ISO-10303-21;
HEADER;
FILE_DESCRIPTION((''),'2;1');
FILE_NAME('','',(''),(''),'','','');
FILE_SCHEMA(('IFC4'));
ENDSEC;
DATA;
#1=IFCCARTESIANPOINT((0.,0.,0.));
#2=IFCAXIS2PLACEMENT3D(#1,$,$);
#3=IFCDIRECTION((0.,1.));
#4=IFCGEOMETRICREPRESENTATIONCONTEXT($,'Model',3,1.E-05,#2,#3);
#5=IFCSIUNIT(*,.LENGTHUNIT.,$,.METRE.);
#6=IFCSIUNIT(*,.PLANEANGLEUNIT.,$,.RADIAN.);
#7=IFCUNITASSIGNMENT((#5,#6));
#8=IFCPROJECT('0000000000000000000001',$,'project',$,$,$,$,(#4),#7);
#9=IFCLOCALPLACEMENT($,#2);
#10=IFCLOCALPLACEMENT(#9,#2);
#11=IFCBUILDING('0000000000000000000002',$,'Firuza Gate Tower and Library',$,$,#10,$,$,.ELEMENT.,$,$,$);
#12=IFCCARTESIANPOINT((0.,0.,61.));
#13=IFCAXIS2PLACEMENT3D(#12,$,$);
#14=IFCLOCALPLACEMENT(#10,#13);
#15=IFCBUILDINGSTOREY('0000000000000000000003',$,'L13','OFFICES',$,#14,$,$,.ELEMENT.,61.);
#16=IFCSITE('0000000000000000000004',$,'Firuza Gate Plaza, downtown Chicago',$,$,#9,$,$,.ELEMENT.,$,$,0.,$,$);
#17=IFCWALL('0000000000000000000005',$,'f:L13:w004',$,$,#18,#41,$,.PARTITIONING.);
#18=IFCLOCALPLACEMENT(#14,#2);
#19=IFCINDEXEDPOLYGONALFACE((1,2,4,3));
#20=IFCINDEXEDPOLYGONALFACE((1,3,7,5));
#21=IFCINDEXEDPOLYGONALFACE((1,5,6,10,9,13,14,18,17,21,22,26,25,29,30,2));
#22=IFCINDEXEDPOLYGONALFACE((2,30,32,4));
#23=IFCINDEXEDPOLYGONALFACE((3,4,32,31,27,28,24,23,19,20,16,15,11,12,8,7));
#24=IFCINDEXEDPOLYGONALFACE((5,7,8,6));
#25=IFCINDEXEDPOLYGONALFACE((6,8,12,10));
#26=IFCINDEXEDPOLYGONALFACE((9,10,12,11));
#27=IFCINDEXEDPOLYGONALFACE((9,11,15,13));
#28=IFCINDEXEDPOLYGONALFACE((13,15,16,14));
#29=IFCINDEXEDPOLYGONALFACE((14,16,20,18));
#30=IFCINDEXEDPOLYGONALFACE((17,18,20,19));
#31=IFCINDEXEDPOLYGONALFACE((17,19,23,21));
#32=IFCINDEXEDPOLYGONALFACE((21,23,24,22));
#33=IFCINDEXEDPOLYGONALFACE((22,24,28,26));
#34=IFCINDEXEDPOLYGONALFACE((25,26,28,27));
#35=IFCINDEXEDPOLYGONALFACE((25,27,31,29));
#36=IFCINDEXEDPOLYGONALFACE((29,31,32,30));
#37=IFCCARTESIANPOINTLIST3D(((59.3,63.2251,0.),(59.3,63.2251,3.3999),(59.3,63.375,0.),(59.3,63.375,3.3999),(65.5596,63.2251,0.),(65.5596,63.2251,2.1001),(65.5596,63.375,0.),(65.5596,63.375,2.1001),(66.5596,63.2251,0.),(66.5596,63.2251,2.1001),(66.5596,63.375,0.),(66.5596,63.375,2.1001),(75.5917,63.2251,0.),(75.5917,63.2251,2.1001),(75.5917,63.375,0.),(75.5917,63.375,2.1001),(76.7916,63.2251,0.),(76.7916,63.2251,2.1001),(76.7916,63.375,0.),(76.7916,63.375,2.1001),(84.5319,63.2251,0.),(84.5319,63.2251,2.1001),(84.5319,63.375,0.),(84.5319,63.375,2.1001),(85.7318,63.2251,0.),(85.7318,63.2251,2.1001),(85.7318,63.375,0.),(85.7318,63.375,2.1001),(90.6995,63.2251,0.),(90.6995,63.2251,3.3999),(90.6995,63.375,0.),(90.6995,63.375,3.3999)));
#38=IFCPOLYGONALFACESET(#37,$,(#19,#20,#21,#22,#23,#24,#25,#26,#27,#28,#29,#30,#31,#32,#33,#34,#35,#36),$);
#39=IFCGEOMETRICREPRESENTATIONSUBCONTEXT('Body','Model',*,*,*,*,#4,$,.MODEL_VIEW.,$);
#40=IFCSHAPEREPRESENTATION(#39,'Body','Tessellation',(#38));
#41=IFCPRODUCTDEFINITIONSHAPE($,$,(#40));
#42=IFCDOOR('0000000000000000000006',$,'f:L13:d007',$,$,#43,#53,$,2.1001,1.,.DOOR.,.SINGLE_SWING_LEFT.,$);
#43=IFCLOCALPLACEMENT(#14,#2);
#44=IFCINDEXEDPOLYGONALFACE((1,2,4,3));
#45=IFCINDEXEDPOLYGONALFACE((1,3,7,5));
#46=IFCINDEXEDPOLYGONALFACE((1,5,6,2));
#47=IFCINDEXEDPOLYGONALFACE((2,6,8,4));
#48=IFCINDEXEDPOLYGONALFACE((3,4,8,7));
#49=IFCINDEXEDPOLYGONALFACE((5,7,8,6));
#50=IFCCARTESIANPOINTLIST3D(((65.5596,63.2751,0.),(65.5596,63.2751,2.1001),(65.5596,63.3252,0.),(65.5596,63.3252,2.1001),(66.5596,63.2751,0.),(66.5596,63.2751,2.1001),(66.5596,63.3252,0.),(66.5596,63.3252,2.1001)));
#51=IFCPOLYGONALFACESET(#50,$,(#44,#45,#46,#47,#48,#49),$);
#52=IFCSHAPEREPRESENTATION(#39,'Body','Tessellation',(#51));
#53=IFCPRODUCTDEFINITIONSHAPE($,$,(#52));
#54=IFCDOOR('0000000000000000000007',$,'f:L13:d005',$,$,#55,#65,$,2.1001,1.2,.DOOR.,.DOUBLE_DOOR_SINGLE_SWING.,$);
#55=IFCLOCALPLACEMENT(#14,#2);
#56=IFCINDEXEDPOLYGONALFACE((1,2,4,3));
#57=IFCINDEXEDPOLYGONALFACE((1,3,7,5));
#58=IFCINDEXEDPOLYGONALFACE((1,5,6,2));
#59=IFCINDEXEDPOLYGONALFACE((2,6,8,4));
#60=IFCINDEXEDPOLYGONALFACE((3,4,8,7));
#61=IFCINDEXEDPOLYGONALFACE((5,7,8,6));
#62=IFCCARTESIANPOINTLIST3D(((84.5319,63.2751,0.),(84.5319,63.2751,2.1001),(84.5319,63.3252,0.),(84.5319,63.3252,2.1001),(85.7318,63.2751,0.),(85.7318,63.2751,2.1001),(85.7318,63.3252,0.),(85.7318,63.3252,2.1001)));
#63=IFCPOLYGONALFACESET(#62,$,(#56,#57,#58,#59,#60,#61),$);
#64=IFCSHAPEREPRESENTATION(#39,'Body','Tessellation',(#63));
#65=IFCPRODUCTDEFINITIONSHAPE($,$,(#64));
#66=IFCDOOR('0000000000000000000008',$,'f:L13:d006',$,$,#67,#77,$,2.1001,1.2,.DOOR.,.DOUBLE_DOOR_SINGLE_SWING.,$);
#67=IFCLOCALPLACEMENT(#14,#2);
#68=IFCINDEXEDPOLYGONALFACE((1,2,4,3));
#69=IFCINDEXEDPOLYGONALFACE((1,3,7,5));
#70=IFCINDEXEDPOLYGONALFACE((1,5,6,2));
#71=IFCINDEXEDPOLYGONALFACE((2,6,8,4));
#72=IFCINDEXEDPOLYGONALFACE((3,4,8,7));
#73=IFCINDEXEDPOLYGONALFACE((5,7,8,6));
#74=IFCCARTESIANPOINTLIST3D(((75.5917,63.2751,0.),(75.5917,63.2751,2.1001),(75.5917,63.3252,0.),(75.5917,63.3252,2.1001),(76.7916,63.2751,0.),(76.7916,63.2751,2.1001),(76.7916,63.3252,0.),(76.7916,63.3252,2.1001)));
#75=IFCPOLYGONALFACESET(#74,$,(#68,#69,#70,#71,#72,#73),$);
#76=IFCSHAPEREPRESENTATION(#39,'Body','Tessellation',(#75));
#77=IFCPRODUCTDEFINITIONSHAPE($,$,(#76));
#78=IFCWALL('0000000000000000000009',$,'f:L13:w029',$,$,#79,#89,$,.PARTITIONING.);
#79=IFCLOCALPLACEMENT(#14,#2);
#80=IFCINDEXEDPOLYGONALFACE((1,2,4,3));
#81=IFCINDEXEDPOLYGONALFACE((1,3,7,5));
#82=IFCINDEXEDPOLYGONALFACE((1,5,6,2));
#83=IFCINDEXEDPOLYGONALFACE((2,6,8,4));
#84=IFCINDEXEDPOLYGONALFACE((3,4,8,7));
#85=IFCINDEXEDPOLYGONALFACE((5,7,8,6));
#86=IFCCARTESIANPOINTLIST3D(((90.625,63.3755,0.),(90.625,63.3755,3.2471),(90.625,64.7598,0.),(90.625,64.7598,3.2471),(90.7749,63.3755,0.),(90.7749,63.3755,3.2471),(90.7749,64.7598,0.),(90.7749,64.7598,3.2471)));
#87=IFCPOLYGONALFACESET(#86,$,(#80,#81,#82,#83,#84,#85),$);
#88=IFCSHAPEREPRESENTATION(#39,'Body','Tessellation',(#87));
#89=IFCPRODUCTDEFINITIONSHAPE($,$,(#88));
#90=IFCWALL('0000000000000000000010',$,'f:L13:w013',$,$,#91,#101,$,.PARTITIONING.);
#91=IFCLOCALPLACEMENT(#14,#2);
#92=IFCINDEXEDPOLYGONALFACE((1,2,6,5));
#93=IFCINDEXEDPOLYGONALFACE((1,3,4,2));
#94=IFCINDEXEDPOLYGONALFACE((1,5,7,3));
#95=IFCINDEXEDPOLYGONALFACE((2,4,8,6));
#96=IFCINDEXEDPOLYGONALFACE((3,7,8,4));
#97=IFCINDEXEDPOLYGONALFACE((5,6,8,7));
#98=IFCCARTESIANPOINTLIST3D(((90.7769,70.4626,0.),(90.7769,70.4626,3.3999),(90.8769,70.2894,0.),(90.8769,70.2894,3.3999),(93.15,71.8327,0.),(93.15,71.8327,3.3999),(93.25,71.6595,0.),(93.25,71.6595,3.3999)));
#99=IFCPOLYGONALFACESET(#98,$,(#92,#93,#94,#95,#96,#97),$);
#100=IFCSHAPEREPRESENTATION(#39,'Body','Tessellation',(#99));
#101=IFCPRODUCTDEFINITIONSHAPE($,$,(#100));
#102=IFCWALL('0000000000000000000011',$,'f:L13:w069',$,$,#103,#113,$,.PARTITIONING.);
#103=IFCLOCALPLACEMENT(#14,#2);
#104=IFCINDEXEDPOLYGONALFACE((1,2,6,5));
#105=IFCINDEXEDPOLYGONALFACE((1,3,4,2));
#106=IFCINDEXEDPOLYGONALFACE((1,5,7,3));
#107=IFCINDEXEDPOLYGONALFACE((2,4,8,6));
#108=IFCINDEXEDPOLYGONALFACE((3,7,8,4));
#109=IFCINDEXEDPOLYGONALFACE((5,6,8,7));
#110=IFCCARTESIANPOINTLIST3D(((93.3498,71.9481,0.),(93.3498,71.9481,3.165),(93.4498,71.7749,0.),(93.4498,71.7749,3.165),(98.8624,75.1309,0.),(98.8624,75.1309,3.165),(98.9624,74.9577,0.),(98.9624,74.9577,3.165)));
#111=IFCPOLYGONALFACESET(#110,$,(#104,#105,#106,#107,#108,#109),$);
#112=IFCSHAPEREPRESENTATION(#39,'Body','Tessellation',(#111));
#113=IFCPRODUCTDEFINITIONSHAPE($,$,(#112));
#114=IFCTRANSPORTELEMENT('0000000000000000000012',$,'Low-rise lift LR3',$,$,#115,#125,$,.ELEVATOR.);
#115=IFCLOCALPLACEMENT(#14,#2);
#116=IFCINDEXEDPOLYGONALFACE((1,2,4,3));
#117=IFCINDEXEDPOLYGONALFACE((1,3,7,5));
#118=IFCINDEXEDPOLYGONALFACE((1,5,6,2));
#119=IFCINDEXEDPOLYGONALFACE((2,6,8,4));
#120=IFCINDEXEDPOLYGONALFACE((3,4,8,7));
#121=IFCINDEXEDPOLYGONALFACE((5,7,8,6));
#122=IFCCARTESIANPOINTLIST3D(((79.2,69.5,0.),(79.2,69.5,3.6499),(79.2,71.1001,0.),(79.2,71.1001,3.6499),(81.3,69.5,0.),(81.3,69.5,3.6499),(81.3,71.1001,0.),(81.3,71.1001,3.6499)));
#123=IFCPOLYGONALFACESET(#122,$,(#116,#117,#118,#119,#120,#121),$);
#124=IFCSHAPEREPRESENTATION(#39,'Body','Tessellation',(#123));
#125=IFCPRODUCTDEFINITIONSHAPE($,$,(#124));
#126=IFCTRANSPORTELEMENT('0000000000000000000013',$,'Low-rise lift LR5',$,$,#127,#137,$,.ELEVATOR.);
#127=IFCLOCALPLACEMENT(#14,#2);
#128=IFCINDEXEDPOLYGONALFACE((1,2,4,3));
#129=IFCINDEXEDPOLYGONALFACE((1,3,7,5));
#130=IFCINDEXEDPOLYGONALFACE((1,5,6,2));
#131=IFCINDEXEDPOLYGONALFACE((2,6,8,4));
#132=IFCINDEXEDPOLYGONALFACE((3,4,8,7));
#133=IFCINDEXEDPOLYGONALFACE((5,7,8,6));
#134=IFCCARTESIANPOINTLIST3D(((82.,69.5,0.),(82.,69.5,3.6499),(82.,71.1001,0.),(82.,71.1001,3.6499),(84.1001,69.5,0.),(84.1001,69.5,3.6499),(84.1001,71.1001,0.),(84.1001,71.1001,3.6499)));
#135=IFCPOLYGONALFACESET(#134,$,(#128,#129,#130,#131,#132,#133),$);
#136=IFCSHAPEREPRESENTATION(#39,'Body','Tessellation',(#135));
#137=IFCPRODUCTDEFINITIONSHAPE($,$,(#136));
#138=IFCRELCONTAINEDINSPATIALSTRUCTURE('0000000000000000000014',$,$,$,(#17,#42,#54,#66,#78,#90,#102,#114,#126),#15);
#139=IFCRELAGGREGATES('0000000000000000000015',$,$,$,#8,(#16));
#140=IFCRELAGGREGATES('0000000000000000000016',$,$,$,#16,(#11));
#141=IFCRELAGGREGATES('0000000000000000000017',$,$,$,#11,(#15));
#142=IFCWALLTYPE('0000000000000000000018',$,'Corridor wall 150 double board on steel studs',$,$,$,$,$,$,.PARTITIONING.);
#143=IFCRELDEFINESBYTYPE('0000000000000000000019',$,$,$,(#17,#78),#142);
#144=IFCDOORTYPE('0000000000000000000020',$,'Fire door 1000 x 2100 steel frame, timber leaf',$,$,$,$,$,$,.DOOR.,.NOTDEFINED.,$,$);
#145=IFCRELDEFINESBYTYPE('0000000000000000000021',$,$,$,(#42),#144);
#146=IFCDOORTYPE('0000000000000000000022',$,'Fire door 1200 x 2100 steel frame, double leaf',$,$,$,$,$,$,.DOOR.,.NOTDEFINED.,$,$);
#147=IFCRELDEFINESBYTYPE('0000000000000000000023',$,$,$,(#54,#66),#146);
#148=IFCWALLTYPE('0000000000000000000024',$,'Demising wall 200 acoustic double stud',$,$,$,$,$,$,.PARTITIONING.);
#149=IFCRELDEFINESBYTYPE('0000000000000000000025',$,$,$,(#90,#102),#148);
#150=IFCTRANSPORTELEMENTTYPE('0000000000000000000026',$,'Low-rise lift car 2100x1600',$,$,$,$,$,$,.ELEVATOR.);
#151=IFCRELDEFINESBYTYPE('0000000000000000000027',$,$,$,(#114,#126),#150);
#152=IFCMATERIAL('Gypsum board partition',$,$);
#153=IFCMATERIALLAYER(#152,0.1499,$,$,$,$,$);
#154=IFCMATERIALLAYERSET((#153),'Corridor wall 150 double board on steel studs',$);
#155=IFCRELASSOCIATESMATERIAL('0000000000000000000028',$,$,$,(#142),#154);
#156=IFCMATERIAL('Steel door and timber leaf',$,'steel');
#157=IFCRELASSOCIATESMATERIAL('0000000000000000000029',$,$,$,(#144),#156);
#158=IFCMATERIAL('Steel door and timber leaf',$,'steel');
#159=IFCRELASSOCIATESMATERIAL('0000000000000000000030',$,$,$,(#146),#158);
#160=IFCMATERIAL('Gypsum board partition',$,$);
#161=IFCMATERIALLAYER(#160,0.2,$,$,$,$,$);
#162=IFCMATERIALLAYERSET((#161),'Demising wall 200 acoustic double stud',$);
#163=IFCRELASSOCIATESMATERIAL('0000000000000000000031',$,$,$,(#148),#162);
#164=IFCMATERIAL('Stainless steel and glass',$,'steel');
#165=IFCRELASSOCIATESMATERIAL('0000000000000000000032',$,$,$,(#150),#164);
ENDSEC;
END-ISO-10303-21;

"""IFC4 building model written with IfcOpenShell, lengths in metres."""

from ifc_helpers import new_model, si_unit, direction, frame, frame_2d, origin, origin_2d, place, context, subcontext, project, spatial, rectangle, extrude, material, layer, layer_set, type_object, element, fill, save


model = new_model("IFC4")

# Units and contexts
model_context = context("Model", 3, precision=1e-05, world=origin(), true_north=direction((0.0, 1.0)))
body_context = subcontext(model_context, "Body", "Model", "MODEL_VIEW")
ifc_project = project(units=[si_unit("LENGTHUNIT", "METRE"), si_unit("PLANEANGLEUNIT", "RADIAN")], contexts=[model_context])

# Site, building, storey
site_placement = place(None, origin())
site = spatial("IfcSite", under=ifc_project, at=site_placement, Name="Firuza Gate Plaza, downtown Chicago", CompositionType="ELEMENT", RefElevation=0.0)
building_placement = place(site_placement, origin())
building = spatial("IfcBuilding", under=site, at=building_placement, Name="Firuza Gate Tower and Library", CompositionType="ELEMENT")
storey_placement = place(building_placement, frame((0.0, 0.0, 61.0)))
storey = spatial("IfcBuildingStorey", under=building, at=storey_placement, Name="L13", Description="OFFICES", CompositionType="ELEMENT", Elevation=61.0)

# Wall, openings, doors
ifc_material_1 = material(Name="Gypsum board partition")
ifc_layer_1 = layer(ifc_material_1, 0.1499)
ifc_layer_set_1 = layer_set([ifc_layer_1], Name="Corridor wall 150 double board on steel studs")
wall_type_1 = type_object("IfcWallType", Name="Corridor wall 150 double board on steel studs", PredefinedType="PARTITIONING", material=ifc_layer_set_1)
wall_1_placement = place(storey_placement, frame((90.6995, 63.3, 0.0), z_axis=(0.0, 0.0, 1.0), x_axis=(-1.0, 0.0, 0.0)))
wall_1 = element("IfcWall", 1, at=wall_1_placement, inside=storey, type_object=wall_type_1, Name="f:L13:w004", PredefinedType="PARTITIONING", context=body_context, shape_type="SweptSolid", body=[
    extrude(rectangle(XDim=31.3994, YDim=0.1499, at=frame_2d((15.6997, 0.0))), origin(), (0.0, 0.0, 1.0), 3.3999),
])
opening_1_placement = place(wall_1_placement, frame((4.9675, 0.0, 0.0)))
opening_1 = element("IfcOpeningElement", 2, at=opening_1_placement, cuts=wall_1, PredefinedType="OPENING", context=body_context, shape_type="SweptSolid", body=[
    extrude(rectangle(XDim=1.2, YDim=2.1001, at=frame_2d((0.6001, 1.05))), frame((0.0, 0.085, 0.0), z_axis=(0.0, -1.0, 0.0), x_axis=(1.0, 0.0, 0.0)), (0.0, 0.0, 1.0), 0.1699),
])
opening_2_placement = place(wall_1_placement, frame((13.9077, 0.0, 0.0)))
opening_2 = element("IfcOpeningElement", 3, at=opening_2_placement, cuts=wall_1, PredefinedType="OPENING", context=body_context, shape_type="SweptSolid", body=[
    extrude(rectangle(XDim=1.2, YDim=2.1001, at=frame_2d((0.6001, 1.05))), frame((0.0, 0.085, 0.0), z_axis=(0.0, -1.0, 0.0), x_axis=(1.0, 0.0, 0.0)), (0.0, 0.0, 1.0), 0.1699),
])
opening_3_placement = place(wall_1_placement, frame((24.1399, 0.0, 0.0)))
opening_3 = element("IfcOpeningElement", 4, at=opening_3_placement, cuts=wall_1, PredefinedType="OPENING", context=body_context, shape_type="SweptSolid", body=[
    extrude(rectangle(XDim=1.0, YDim=2.1001, at=frame_2d((0.5, 1.05))), frame((0.0, 0.085, 0.0), z_axis=(0.0, -1.0, 0.0), x_axis=(1.0, 0.0, 0.0)), (0.0, 0.0, 1.0), 0.1699),
])
ifc_material_2 = material(Name="Steel door and timber leaf", Category="steel")
door_type_1 = type_object("IfcDoorType", Name="Fire door 1000 x 2100 steel frame, timber leaf", OperationType="NOTDEFINED", PredefinedType="DOOR", material=ifc_material_2)
door_1_placement = place(opening_3_placement, origin())
door_1 = element("IfcDoor", 5, at=door_1_placement, inside=storey, type_object=door_type_1, Name="f:L13:d007", OperationType="SINGLE_SWING_LEFT", OverallHeight=2.1001, OverallWidth=1.0, PredefinedType="DOOR", context=body_context, shape_type="SweptSolid", body=[
    extrude(rectangle(XDim=1.0, YDim=2.1001, at=frame_2d((0.5, 1.05))), frame((0.0, 0.0249, 0.0), z_axis=(0.0, -1.0, 0.0), x_axis=(1.0, 0.0, 0.0)), (0.0, 0.0, 1.0), 0.05),
])
fill(opening_3, door_1)
ifc_material_3 = material(Name="Steel door and timber leaf", Category="steel")
door_type_2 = type_object("IfcDoorType", Name="Fire door 1200 x 2100 steel frame, double leaf", OperationType="NOTDEFINED", PredefinedType="DOOR", material=ifc_material_3)
door_2_placement = place(opening_1_placement, origin())
door_2 = element("IfcDoor", 6, at=door_2_placement, inside=storey, type_object=door_type_2, Name="f:L13:d005", OperationType="DOUBLE_DOOR_SINGLE_SWING", OverallHeight=2.1001, OverallWidth=1.2, PredefinedType="DOOR", context=body_context, shape_type="SweptSolid", body=[
    extrude(rectangle(XDim=1.2, YDim=2.1001, at=frame_2d((0.6001, 1.05))), frame((0.0, 0.0249, 0.0), z_axis=(0.0, -1.0, 0.0), x_axis=(1.0, 0.0, 0.0)), (0.0, 0.0, 1.0), 0.05),
])
fill(opening_1, door_2)
door_3_placement = place(opening_2_placement, origin())
door_3 = element("IfcDoor", 7, at=door_3_placement, inside=storey, type_object=door_type_2, Name="f:L13:d006", OperationType="DOUBLE_DOOR_SINGLE_SWING", OverallHeight=2.1001, OverallWidth=1.2, PredefinedType="DOOR", context=body_context, shape_type="SweptSolid", body=[
    extrude(rectangle(XDim=1.2, YDim=2.1001, at=frame_2d((0.6001, 1.05))), frame((0.0, 0.0249, 0.0), z_axis=(0.0, -1.0, 0.0), x_axis=(1.0, 0.0, 0.0)), (0.0, 0.0, 1.0), 0.05),
])
fill(opening_2, door_3)

# Walls
wall_2_placement = place(storey_placement, frame((90.7, 63.3755, 0.0), z_axis=(0.0, 0.0, 1.0), x_axis=(0.0, 1.0, 0.0)))
element("IfcWall", 8, at=wall_2_placement, inside=storey, type_object=wall_type_1, Name="f:L13:w029", PredefinedType="PARTITIONING", context=body_context, shape_type="SweptSolid", body=[
    extrude(rectangle(XDim=1.3843, YDim=0.1499, at=frame_2d((0.6921, 0.0))), origin(), (0.0, 0.0, 1.0), 3.2471),
])
ifc_material_4 = material(Name="Gypsum board partition")
ifc_layer_2 = layer(ifc_material_4, 0.2)
ifc_layer_set_2 = layer_set([ifc_layer_2], Name="Demising wall 200 acoustic double stud")
wall_type_2 = type_object("IfcWallType", Name="Demising wall 200 acoustic double stud", PredefinedType="PARTITIONING", material=ifc_layer_set_2)
wall_3_placement = place(storey_placement, frame((90.8269, 70.376, 0.0), z_axis=(0.0, 0.0, 1.0), x_axis=(0.866019, 0.50001, 0.0)))
element("IfcWall", 9, at=wall_3_placement, inside=storey, type_object=wall_type_2, Name="f:L13:w013", PredefinedType="PARTITIONING", context=body_context, shape_type="SweptSolid", body=[
    extrude(rectangle(XDim=2.7402, YDim=0.2, at=frame_2d((1.3701, 0.0))), origin(), (0.0, 0.0, 1.0), 3.3999),
])
wall_4_placement = place(storey_placement, frame((93.3999, 71.8616, 0.0), z_axis=(0.0, 0.0, 1.0), x_axis=(0.866018, 0.500012, 0.0)))
element("IfcWall", 10, at=wall_4_placement, inside=storey, type_object=wall_type_2, Name="f:L13:w069", PredefinedType="PARTITIONING", context=body_context, shape_type="SweptSolid", body=[
    extrude(rectangle(XDim=6.3655, YDim=0.2, at=frame_2d((3.1826, 0.0))), origin(), (0.0, 0.0, 1.0), 3.165),
])

# Transport elements
ifc_material_5 = material(Name="Stainless steel and glass", Category="steel")
transport_element_type = type_object("IfcTransportElementType", Name="Low-rise lift car 2100x1600", PredefinedType="ELEVATOR", material=ifc_material_5)
for number, where, z_axis, x_axis, name in (
    (11, (80.25, 70.3, 0.0), (0.0, 0.0, 1.0), (1.0, 0.0, 0.0), "Low-rise lift LR3"),
    (12, (83.05, 70.3, 0.0), (0.0, 0.0, 1.0), (1.0, 0.0, 0.0), "Low-rise lift LR5"),
):
    element("IfcTransportElement", number, at=place(storey_placement, frame(where, z_axis=z_axis, x_axis=x_axis)), inside=storey, type_object=transport_element_type, Name=name, PredefinedType="ELEVATOR", context=body_context, shape_type="SweptSolid", body=[
        extrude(rectangle(XDim=2.1001, YDim=1.6001, at=origin_2d()), origin(), (0.0, 0.0, 1.0), 3.6499),
    ])

save(model, "model.ifc")
